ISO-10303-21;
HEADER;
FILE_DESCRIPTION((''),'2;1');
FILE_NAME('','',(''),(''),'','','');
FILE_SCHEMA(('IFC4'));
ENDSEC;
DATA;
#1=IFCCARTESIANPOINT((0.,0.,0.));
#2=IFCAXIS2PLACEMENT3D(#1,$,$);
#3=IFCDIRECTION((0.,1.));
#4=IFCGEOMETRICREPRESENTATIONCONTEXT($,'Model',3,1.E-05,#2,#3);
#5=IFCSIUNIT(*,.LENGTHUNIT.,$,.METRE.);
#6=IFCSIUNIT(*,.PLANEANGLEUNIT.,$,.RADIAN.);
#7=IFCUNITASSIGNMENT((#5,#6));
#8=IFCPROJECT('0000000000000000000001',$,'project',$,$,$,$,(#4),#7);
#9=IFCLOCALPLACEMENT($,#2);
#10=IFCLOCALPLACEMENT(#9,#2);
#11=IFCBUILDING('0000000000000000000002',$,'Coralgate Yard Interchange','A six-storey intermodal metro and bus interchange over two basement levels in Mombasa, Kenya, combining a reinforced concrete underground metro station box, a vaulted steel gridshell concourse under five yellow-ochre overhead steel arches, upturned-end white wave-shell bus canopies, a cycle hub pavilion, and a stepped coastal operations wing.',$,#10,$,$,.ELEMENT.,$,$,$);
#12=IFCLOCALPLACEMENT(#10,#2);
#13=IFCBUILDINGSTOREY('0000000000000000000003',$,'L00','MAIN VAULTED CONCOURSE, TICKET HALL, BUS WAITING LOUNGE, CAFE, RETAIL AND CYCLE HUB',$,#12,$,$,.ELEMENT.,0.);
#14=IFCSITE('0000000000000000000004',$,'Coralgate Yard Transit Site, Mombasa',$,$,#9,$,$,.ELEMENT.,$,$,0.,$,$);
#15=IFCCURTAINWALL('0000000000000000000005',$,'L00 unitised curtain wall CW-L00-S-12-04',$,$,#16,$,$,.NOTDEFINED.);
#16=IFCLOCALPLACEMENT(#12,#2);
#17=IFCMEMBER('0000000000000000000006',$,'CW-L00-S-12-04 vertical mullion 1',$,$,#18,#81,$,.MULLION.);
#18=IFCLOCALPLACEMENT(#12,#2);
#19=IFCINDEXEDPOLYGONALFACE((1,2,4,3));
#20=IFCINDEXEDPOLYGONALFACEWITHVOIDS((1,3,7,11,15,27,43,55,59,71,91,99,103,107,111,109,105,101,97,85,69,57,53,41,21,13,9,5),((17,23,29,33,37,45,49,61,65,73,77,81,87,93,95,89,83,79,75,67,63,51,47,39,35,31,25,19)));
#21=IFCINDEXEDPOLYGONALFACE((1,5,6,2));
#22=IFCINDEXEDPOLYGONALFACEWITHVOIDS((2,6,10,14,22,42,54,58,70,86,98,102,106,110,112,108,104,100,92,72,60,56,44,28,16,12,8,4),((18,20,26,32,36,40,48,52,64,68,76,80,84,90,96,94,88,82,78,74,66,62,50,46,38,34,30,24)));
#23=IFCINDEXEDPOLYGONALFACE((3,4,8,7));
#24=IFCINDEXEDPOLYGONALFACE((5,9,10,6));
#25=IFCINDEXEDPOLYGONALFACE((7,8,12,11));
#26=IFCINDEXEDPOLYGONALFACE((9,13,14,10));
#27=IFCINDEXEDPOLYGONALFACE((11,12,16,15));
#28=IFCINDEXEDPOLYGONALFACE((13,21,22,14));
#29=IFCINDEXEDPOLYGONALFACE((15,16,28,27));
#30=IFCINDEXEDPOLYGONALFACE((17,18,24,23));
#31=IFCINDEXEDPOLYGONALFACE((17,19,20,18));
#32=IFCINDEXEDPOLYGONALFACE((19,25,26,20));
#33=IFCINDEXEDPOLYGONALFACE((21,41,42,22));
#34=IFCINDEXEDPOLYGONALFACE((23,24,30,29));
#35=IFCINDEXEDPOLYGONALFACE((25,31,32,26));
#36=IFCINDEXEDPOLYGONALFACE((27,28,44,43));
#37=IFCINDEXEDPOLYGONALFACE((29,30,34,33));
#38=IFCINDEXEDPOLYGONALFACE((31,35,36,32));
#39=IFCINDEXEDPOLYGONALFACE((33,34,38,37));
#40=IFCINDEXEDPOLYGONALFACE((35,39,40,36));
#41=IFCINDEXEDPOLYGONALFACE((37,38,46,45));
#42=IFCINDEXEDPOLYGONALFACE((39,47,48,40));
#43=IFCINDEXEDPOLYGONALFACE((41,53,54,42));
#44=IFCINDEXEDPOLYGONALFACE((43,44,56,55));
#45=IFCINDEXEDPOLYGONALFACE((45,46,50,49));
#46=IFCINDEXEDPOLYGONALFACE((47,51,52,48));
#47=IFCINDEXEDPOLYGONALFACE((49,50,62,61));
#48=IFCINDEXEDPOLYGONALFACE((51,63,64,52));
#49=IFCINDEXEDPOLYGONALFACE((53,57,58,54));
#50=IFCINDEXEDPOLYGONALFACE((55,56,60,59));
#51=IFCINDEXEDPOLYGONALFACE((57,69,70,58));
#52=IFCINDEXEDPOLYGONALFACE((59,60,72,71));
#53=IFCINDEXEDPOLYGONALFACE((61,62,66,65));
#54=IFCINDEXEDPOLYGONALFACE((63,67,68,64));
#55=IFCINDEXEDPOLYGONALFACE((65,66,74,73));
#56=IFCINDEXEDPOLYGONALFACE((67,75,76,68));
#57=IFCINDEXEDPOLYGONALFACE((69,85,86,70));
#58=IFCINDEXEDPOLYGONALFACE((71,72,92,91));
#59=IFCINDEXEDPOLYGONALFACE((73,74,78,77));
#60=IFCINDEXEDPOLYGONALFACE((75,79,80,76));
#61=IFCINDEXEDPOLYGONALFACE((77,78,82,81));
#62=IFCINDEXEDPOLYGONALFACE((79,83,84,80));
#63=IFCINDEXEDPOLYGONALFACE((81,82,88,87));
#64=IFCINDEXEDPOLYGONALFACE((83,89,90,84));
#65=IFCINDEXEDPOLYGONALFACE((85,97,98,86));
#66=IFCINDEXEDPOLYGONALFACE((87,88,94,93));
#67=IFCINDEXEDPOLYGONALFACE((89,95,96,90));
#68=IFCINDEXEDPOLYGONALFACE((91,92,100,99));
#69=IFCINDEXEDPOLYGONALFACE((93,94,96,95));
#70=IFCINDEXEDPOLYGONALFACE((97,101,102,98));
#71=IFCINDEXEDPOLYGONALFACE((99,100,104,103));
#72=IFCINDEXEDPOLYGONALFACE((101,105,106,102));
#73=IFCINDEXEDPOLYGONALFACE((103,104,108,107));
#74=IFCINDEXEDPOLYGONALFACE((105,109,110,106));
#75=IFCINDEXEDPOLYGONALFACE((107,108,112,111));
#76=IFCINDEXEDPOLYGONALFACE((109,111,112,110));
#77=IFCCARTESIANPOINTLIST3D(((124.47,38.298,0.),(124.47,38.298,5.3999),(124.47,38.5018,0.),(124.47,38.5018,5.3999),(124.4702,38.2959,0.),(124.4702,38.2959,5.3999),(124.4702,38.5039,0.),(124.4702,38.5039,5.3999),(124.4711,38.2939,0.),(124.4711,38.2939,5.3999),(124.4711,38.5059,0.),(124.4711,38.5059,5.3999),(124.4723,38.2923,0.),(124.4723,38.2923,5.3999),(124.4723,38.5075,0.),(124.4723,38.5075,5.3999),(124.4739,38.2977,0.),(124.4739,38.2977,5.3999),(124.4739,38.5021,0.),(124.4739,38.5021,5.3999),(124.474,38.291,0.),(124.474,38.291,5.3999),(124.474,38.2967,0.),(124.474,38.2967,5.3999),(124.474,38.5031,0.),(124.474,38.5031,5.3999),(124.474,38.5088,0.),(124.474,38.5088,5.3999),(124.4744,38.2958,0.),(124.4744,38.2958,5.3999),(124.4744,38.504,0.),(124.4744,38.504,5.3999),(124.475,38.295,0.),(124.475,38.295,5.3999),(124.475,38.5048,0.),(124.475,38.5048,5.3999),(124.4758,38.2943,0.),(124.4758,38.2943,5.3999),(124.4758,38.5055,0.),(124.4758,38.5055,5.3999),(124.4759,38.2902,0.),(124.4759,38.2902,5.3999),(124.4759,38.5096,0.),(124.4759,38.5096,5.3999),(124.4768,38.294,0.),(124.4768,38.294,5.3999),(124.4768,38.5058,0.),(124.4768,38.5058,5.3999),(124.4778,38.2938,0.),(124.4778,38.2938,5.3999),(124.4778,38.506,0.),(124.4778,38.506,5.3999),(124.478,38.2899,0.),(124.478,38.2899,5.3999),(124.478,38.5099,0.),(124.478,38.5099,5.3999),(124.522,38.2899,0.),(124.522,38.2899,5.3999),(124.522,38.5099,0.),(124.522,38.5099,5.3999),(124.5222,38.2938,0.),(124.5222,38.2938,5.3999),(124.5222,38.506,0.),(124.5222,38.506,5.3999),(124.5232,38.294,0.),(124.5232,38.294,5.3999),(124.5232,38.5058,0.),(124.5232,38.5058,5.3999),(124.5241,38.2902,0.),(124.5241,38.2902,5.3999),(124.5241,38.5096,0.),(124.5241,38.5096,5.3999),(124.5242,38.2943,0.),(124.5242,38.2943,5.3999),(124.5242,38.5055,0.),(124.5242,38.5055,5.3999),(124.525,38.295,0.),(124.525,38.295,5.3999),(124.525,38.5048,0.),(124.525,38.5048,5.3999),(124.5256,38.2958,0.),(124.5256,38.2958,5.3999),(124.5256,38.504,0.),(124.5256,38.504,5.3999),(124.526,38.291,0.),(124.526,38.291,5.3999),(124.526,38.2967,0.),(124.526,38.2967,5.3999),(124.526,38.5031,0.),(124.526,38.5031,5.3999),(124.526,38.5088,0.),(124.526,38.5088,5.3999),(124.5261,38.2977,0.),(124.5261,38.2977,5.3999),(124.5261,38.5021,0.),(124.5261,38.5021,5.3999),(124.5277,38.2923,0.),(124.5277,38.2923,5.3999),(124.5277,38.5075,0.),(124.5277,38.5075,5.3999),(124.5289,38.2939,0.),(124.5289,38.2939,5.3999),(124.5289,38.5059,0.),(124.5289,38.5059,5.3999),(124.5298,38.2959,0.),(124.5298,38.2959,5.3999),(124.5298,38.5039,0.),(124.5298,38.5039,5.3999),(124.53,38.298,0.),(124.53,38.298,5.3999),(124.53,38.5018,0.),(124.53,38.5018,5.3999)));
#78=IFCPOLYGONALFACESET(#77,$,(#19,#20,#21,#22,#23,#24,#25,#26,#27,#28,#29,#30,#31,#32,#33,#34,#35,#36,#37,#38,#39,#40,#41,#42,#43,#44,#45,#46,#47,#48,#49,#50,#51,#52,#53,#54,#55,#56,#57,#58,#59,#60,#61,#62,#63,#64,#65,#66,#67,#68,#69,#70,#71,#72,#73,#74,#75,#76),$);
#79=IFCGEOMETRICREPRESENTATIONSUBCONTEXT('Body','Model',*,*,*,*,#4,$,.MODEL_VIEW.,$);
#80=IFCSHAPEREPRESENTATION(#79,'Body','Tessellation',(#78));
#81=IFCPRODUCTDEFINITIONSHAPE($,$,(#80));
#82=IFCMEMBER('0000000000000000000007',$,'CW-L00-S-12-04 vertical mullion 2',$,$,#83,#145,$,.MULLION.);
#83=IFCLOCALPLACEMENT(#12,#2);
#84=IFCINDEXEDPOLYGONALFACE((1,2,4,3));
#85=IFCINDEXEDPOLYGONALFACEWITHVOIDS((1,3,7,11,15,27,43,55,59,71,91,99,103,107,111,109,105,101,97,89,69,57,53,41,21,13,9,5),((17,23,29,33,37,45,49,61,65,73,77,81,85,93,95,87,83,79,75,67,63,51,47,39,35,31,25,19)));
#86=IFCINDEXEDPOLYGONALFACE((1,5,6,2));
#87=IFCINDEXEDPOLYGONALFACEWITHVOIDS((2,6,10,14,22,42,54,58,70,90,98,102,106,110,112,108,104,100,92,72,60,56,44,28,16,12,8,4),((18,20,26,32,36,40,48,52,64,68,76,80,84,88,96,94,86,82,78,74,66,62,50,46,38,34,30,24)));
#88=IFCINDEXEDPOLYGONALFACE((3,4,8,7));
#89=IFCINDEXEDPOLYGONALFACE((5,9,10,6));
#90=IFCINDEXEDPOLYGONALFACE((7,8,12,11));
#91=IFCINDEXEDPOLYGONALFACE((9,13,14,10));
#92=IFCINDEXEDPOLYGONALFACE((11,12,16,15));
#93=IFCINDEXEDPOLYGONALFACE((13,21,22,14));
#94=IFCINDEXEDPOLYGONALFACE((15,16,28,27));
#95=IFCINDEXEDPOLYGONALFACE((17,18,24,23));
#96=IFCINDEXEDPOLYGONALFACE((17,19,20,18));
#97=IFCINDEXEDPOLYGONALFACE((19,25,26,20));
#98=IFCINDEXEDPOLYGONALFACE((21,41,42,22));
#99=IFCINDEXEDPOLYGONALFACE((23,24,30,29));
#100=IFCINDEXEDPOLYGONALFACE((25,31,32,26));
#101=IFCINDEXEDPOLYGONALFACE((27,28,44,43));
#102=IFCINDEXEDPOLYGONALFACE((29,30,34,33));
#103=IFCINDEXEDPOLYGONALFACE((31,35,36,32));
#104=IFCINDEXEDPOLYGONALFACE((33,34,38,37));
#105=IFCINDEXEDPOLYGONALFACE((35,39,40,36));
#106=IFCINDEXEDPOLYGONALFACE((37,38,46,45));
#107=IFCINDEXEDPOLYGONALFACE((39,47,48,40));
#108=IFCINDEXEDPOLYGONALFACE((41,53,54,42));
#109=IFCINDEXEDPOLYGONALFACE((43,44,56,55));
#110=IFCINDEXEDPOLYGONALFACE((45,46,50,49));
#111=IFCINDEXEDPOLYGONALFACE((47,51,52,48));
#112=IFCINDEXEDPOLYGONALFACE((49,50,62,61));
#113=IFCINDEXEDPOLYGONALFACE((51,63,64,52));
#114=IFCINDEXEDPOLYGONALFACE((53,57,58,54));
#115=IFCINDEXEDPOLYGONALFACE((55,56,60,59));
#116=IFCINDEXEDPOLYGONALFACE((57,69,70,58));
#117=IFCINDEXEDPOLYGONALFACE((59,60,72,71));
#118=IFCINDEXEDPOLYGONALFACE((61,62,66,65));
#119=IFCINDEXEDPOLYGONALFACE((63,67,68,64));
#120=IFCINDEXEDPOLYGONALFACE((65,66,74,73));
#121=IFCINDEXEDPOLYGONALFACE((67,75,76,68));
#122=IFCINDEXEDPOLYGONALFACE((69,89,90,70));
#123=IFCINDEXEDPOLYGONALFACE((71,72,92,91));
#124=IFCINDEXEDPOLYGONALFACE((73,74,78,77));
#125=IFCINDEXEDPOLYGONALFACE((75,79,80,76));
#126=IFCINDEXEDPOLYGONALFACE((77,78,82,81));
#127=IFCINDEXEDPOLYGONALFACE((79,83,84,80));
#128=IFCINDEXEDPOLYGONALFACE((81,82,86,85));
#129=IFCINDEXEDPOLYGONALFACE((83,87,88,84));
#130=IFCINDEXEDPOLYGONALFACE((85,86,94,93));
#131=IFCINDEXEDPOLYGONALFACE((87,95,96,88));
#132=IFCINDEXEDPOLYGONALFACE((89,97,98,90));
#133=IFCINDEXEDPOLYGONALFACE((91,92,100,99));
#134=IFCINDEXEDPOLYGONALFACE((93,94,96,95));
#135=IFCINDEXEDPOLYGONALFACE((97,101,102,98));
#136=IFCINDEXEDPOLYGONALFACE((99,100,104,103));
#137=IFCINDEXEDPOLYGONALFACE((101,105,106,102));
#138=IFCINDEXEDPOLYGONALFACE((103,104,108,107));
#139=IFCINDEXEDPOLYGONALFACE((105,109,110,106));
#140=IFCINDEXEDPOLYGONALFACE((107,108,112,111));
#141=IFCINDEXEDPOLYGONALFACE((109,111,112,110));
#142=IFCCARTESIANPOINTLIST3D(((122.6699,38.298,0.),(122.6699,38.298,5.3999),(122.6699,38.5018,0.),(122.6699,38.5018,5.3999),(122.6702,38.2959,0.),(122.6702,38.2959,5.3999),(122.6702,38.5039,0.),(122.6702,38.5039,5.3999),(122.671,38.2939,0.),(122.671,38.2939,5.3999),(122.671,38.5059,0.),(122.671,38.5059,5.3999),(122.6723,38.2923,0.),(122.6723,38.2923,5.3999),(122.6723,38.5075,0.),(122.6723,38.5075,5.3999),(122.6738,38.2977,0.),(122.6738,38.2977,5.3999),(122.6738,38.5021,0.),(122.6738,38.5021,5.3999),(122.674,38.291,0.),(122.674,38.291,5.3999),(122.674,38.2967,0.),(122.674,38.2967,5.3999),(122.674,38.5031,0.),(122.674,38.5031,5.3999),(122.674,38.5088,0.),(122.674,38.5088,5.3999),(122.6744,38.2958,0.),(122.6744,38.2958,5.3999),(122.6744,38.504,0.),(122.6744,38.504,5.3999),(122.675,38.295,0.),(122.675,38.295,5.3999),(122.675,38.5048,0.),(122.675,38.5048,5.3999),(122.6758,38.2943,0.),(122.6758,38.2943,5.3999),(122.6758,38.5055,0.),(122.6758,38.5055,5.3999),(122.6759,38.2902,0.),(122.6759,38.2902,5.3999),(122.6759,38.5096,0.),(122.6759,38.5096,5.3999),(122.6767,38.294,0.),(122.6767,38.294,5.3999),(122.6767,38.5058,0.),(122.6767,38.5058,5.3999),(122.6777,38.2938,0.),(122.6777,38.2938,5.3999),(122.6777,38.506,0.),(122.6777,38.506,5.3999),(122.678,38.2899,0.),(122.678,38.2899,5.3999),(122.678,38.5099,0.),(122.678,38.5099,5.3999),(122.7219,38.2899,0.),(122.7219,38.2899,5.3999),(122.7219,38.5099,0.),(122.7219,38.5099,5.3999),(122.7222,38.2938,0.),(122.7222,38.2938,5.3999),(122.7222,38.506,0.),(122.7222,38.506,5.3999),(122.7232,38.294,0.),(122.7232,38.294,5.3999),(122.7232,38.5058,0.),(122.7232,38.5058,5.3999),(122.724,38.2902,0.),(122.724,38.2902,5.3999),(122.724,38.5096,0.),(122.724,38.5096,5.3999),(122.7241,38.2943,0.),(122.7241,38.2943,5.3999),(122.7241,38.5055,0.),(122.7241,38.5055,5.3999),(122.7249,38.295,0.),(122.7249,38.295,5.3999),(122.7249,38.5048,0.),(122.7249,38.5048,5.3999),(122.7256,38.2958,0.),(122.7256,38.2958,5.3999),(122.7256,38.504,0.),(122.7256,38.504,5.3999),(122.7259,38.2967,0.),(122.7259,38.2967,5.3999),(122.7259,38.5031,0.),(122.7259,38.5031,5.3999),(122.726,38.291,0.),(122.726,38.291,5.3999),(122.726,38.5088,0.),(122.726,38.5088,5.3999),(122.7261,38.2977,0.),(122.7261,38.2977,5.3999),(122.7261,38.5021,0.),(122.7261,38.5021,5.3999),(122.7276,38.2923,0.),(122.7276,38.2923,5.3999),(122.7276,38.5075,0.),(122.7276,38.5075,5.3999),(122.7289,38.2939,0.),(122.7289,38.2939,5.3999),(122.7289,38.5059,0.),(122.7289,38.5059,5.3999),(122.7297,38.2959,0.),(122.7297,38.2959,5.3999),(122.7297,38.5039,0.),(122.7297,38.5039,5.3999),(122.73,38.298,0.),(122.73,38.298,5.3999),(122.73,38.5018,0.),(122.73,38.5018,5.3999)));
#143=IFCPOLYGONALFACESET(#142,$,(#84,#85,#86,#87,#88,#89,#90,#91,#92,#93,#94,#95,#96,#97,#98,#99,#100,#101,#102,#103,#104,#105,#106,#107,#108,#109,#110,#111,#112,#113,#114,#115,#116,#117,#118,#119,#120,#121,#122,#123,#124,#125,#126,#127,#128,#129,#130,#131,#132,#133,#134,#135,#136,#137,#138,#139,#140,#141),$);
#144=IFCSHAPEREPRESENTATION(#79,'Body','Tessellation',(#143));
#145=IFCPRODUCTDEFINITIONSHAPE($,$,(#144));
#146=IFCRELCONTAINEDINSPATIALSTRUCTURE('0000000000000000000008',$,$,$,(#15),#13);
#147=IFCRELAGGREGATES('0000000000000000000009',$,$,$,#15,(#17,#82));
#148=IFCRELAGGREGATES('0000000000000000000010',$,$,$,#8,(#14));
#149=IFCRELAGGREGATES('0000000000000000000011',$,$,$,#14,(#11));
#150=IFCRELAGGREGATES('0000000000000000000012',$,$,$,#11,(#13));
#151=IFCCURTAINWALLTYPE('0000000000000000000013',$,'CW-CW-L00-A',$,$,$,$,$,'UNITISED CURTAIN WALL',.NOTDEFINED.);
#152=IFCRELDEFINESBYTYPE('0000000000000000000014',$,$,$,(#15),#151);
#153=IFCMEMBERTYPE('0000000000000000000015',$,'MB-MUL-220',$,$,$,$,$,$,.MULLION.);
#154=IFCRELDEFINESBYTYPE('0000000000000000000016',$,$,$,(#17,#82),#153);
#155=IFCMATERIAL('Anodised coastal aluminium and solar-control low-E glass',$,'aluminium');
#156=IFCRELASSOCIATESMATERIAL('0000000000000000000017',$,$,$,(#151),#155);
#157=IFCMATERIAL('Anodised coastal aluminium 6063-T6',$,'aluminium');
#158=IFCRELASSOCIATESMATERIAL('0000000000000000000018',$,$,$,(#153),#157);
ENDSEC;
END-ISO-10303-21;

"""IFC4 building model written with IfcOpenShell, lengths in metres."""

from ifc_helpers import new_model, si_unit, direction, frame, origin, origin_2d, place, context, subcontext, project, spatial, hollow_rectangle, extrude, material, material_profile, profile_set, type_object, element, aggregate, save


model = new_model("IFC4")

# Units and contexts
model_context = context("Model", 3, precision=1e-05, world=origin(), true_north=direction((0.0, 1.0)))
body_context = subcontext(model_context, "Body", "Model", "MODEL_VIEW")
ifc_project = project(units=[si_unit("LENGTHUNIT", "METRE"), si_unit("PLANEANGLEUNIT", "RADIAN")], contexts=[model_context])

# Site, building, storey
site_placement = place(None, origin())
site = spatial("IfcSite", under=ifc_project, at=site_placement, Name="Coralgate Yard Transit Site, Mombasa", CompositionType="ELEMENT", RefElevation=0.0)
building_placement = place(site_placement, origin())
building = spatial("IfcBuilding", under=site, at=building_placement, Name="Coralgate Yard Interchange", Description="A six-storey intermodal metro and bus interchange over two basement levels in Mombasa, Kenya, combining a reinforced concrete underground metro station box, a vaulted steel gridshell concourse under five yellow-ochre overhead steel arches, upturned-end white wave-shell bus canopies, a cycle hub pavilion, and a stepped coastal operations wing.", CompositionType="ELEMENT")
storey_placement = place(building_placement, origin())
storey = spatial("IfcBuildingStorey", under=building, at=storey_placement, Name="L00", Description="MAIN VAULTED CONCOURSE, TICKET HALL, BUS WAITING LOUNGE, CAFE, RETAIL AND CYCLE HUB", CompositionType="ELEMENT", Elevation=0.0)

# Curtain wall, members
ifc_material_1 = material(Name="Anodised coastal aluminium and solar-control low-E glass", Category="aluminium")
curtain_wall_type = type_object("IfcCurtainWallType", Name="CW-CW-L00-A", ElementType="UNITISED CURTAIN WALL", PredefinedType="NOTDEFINED", material=ifc_material_1)
curtain_wall_placement = place(storey_placement, origin())
curtain_wall = element("IfcCurtainWall", 1, at=curtain_wall_placement, inside=storey, type_object=curtain_wall_type, Name="L00 unitised curtain wall CW-L00-S-12-04", PredefinedType="NOTDEFINED")
ifc_material_2 = material(Name="Anodised coastal aluminium 6063-T6", Category="aluminium")
ifc_material_profile_1 = material_profile(ifc_material_2, hollow_rectangle(XDim=0.0601, YDim=0.22, WallThickness=0.0039, InnerFilletRadius=0.0039, OuterFilletRadius=0.0081, at=origin_2d()), Name="ALU 60x220x4")
ifc_profile_set_1 = profile_set([ifc_material_profile_1], Name="Anodised coastal aluminium 6063-T6")
member_type_1 = type_object("IfcMemberType", Name="MB-MUL-220", PredefinedType="MULLION", material=ifc_profile_set_1)
member_1_placement = place(storey_placement, frame((124.5, 38.3999, 0.0), z_axis=(0.0, 0.0, 1.0), x_axis=(1.0, 0.0, 0.0)))
member_1 = element("IfcMember", 2, at=member_1_placement, type_object=member_type_1, Name="CW-L00-S-12-04 vertical mullion 1", PredefinedType="MULLION", context=body_context, shape_type="SweptSolid", body=[
    extrude(hollow_rectangle(XDim=0.0601, YDim=0.22, WallThickness=0.0039, InnerFilletRadius=0.0039, OuterFilletRadius=0.0081, at=origin_2d()), origin(), (0.0, 0.0, 1.0), 5.3999),
])
member_2_placement = place(storey_placement, frame((122.7, 38.3999, 0.0), z_axis=(0.0, 0.0, 1.0), x_axis=(1.0, 0.0, 0.0)))
member_2 = element("IfcMember", 3, at=member_2_placement, type_object=member_type_1, Name="CW-L00-S-12-04 vertical mullion 2", PredefinedType="MULLION", context=body_context, shape_type="SweptSolid", body=[
    extrude(hollow_rectangle(XDim=0.0601, YDim=0.22, WallThickness=0.0039, InnerFilletRadius=0.0039, OuterFilletRadius=0.0081, at=origin_2d()), origin(), (0.0, 0.0, 1.0), 5.3999),
])
aggregate(curtain_wall, [member_1, member_2])

save(model, "model.ifc")
